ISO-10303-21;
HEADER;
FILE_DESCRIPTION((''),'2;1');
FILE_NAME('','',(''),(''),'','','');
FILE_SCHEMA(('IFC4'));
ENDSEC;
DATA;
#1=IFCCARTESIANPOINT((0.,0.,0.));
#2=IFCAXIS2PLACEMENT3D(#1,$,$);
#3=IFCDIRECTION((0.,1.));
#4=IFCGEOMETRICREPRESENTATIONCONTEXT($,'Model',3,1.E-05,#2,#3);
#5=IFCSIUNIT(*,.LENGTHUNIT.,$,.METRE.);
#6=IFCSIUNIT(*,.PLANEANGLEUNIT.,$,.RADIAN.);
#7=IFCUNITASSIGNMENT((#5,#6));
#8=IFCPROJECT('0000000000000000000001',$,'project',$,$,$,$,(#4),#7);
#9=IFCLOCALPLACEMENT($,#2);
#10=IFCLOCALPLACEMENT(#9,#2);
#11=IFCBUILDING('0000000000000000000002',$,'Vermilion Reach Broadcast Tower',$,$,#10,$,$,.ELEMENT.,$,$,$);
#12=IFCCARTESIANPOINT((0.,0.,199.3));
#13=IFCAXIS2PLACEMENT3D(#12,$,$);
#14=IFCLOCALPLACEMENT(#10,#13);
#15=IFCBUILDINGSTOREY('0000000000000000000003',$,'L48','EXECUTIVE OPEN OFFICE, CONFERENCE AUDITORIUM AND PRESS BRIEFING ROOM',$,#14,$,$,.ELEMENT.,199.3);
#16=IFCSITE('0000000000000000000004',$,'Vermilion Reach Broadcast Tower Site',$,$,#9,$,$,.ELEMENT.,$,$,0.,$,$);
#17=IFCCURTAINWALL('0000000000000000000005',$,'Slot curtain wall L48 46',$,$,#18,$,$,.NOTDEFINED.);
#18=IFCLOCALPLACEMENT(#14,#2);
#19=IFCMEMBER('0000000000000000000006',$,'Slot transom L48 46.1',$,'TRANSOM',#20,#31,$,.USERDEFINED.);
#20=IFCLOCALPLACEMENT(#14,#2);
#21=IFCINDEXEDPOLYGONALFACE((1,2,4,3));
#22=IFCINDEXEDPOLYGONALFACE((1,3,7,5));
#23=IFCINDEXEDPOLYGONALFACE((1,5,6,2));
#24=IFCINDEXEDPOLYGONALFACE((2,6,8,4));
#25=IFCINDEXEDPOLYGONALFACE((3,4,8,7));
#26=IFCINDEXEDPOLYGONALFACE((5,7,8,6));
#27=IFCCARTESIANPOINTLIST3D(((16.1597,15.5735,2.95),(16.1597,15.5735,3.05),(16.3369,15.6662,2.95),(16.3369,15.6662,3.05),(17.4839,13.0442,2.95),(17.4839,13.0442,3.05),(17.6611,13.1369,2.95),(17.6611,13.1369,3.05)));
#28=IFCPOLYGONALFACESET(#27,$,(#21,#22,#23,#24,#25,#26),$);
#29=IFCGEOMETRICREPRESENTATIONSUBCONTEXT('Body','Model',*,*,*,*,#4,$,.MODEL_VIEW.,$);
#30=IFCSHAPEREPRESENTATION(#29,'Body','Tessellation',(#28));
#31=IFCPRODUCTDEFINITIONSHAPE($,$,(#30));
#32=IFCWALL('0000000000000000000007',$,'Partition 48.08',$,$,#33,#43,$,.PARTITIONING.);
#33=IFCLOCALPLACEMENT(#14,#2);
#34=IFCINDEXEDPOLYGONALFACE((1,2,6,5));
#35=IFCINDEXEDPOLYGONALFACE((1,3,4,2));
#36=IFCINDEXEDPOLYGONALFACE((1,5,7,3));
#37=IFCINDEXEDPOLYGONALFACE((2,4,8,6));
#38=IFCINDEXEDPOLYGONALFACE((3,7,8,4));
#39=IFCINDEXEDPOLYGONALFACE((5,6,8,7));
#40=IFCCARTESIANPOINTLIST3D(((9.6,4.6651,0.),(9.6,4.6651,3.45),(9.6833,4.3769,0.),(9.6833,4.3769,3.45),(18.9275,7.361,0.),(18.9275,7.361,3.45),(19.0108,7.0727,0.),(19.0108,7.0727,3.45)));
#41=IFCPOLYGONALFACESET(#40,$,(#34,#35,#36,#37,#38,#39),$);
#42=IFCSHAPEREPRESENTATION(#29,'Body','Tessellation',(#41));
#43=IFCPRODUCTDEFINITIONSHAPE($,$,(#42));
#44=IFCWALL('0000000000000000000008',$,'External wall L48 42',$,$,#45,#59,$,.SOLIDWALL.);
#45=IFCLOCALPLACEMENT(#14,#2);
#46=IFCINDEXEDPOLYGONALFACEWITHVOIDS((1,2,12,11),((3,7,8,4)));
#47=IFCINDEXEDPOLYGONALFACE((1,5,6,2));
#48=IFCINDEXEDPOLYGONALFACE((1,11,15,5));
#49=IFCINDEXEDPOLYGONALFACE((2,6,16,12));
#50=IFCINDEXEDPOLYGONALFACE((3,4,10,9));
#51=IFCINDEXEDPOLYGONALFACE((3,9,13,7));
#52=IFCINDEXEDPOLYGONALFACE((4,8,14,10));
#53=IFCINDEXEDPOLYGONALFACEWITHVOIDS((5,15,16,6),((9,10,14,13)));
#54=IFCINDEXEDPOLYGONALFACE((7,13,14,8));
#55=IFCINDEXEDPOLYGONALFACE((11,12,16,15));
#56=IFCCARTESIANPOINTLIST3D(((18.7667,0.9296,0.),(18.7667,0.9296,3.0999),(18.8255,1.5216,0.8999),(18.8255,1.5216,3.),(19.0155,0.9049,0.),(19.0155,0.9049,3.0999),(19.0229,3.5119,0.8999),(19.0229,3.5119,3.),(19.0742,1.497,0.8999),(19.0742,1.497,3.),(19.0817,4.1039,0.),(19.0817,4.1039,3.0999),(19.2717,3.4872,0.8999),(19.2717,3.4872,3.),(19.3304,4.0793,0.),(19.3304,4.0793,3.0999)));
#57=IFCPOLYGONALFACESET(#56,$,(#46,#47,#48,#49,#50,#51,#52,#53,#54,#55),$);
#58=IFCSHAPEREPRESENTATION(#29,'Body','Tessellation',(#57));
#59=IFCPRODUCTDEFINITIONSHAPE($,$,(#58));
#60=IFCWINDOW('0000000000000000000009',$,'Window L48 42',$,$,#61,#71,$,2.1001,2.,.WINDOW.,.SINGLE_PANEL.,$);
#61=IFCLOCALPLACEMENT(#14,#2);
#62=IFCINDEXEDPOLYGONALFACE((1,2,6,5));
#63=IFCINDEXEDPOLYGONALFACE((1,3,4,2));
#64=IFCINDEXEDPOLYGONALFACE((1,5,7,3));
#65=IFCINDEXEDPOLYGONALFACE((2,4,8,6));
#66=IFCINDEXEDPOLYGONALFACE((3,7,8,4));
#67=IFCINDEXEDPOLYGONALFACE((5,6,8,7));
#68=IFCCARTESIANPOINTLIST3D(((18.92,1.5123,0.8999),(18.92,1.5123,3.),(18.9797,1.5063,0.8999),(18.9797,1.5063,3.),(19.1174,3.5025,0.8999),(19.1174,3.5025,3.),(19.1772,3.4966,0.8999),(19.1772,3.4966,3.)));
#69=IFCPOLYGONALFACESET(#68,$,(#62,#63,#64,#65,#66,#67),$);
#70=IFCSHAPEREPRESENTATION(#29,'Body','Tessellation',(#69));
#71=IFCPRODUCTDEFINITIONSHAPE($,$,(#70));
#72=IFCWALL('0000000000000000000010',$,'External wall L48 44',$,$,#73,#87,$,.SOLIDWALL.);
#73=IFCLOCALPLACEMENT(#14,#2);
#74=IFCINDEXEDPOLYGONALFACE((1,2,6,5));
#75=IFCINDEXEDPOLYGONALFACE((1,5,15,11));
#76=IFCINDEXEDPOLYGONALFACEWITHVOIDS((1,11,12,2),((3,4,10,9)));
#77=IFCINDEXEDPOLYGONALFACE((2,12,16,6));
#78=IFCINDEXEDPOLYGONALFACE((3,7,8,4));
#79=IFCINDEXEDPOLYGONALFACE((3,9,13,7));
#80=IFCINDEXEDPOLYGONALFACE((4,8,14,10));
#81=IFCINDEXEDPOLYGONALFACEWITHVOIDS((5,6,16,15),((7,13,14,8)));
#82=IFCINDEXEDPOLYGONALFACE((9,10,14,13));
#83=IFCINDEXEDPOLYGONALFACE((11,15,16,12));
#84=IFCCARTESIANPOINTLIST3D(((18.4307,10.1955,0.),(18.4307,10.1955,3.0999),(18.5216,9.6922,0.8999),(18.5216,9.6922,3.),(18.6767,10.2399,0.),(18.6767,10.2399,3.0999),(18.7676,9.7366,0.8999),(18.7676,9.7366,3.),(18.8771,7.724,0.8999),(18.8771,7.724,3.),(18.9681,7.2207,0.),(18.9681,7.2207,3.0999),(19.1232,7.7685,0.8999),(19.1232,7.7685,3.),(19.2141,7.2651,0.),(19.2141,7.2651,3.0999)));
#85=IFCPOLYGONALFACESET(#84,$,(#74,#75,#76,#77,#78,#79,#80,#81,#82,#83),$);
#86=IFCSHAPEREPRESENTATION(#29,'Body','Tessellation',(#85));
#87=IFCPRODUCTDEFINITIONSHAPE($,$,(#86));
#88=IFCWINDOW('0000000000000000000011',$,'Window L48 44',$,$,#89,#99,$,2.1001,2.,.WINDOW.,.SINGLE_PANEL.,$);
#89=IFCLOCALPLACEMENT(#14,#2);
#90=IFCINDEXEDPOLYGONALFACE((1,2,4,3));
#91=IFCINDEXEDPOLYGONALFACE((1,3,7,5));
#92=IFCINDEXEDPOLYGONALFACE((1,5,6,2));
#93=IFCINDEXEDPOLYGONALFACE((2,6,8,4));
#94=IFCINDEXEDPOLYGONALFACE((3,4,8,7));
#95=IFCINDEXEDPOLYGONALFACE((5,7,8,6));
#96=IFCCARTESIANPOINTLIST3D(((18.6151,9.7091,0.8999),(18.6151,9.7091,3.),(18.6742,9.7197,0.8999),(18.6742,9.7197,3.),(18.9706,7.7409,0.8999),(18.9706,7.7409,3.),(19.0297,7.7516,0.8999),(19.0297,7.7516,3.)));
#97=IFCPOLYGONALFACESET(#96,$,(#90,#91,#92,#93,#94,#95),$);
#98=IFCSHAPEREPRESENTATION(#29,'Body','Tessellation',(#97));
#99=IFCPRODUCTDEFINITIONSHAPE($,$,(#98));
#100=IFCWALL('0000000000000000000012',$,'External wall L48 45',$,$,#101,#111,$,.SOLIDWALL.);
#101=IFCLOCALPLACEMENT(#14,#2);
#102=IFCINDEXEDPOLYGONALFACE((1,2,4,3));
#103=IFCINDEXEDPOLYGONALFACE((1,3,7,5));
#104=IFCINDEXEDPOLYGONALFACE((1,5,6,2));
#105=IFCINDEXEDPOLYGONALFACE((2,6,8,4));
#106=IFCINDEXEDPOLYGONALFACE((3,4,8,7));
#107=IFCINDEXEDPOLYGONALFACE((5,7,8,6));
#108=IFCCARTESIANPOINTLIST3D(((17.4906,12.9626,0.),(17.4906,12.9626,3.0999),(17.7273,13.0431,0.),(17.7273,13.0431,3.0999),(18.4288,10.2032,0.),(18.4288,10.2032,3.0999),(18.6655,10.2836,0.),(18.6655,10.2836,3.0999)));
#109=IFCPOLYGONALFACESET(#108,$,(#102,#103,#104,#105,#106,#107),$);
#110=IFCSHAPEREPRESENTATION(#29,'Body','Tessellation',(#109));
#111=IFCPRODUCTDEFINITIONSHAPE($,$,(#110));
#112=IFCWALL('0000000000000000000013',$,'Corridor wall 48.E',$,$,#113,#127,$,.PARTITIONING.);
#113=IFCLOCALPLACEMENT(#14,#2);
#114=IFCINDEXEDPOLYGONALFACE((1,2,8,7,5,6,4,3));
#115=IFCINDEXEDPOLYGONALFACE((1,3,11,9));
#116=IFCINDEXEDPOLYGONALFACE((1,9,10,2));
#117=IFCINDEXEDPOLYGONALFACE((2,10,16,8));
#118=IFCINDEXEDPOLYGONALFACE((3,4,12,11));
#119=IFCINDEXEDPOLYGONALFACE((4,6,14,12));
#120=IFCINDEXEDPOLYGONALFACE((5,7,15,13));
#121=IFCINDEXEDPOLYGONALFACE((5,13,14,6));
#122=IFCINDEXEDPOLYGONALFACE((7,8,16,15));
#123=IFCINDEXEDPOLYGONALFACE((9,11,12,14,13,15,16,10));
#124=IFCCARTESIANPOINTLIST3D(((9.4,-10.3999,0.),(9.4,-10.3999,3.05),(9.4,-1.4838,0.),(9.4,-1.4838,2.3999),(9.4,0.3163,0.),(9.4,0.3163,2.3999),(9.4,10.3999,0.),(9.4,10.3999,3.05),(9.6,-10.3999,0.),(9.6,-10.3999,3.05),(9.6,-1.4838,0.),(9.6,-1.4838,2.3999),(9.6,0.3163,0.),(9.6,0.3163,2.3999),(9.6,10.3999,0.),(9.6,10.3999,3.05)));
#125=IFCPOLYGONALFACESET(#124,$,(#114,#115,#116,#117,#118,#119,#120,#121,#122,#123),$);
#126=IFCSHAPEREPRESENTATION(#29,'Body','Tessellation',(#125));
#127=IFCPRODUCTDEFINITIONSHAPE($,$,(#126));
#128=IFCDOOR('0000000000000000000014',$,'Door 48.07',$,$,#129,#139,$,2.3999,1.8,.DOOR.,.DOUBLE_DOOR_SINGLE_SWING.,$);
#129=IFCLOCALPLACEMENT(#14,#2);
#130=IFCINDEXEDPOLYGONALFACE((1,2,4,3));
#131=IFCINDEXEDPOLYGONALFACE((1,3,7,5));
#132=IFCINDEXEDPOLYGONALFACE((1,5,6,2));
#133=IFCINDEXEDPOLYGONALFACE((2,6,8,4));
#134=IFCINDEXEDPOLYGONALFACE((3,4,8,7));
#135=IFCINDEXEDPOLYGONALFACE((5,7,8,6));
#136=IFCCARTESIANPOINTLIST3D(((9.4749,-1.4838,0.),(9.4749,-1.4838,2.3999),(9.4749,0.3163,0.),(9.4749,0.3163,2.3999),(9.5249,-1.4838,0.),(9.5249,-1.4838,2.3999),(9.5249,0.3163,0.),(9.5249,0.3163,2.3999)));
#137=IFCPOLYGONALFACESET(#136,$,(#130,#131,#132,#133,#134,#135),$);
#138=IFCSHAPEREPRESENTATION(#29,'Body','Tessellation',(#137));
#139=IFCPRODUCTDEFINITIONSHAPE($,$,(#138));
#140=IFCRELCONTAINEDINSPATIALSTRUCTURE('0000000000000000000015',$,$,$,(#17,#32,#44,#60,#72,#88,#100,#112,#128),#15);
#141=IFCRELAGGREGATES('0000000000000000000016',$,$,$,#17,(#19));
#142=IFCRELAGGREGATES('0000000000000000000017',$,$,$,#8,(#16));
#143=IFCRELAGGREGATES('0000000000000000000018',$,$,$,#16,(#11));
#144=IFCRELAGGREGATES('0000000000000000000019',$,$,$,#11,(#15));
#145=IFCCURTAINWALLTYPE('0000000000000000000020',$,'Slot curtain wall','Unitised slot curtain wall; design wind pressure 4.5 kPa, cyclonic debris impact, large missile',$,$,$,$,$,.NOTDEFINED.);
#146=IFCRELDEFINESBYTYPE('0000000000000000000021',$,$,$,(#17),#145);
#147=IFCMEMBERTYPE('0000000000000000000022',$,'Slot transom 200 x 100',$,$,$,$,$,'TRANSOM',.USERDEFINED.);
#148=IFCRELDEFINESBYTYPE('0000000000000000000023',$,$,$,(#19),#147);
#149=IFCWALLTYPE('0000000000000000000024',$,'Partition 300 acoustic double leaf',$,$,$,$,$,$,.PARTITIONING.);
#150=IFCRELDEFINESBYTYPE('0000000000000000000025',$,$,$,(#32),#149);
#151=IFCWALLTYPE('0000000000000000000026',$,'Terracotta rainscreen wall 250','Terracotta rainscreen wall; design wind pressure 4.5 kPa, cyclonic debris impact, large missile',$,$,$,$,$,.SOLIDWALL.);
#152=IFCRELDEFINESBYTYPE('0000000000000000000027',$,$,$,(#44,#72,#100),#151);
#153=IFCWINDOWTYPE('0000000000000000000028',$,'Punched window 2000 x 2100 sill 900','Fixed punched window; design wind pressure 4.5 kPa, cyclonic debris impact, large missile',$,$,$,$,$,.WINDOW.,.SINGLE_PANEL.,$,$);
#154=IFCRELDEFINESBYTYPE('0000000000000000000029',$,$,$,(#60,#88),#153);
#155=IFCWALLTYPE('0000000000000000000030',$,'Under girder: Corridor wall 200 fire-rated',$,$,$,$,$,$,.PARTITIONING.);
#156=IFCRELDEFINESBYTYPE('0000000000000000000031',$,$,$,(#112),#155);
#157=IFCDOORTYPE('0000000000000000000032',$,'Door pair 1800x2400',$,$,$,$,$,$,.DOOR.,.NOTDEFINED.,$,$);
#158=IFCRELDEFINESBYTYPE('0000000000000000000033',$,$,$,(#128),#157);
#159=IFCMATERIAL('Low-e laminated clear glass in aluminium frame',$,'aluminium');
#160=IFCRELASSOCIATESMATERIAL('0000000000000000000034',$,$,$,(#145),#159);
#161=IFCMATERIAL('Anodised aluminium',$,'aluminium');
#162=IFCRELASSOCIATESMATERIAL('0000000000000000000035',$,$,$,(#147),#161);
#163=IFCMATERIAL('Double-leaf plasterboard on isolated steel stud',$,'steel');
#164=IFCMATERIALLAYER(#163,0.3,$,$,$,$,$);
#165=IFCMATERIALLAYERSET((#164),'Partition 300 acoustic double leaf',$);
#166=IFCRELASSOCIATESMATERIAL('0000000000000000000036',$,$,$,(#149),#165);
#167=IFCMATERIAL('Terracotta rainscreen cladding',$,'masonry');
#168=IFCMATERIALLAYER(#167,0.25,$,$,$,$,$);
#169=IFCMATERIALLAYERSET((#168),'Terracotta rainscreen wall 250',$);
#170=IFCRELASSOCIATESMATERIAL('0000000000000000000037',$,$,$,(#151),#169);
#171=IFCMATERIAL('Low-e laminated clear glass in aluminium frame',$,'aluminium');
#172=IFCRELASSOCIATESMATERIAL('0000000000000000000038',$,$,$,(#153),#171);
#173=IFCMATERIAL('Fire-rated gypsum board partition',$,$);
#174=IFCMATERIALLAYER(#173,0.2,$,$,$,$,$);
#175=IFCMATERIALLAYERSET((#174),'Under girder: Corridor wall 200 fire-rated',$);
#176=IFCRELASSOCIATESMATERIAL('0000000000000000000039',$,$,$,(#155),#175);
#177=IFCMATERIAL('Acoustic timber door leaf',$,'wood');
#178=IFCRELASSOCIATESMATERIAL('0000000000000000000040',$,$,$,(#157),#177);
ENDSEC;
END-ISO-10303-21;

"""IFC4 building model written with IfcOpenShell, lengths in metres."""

from ifc_helpers import new_model, si_unit, direction, frame, frame_2d, origin, origin_2d, place, context, subcontext, project, spatial, rectangle, extrude, material, layer, layer_set, material_profile, profile_set, type_object, element, fill, aggregate, save


model = new_model("IFC4")

# Units and contexts
model_context = context("Model", 3, precision=1e-05, world=origin(), true_north=direction((0.0, 1.0)))
body_context = subcontext(model_context, "Body", "Model", "MODEL_VIEW")
ifc_project = project(units=[si_unit("LENGTHUNIT", "METRE"), si_unit("PLANEANGLEUNIT", "RADIAN")], contexts=[model_context])

# Site, building, storey
site_placement = place(None, origin())
site = spatial("IfcSite", under=ifc_project, at=site_placement, Name="Vermilion Reach Broadcast Tower Site", CompositionType="ELEMENT", RefElevation=0.0)
building_placement = place(site_placement, origin())
building = spatial("IfcBuilding", under=site, at=building_placement, Name="Vermilion Reach Broadcast Tower", CompositionType="ELEMENT")
storey_placement = place(building_placement, frame((0.0, 0.0, 199.3)))
storey = spatial("IfcBuildingStorey", under=building, at=storey_placement, Name="L48", Description="EXECUTIVE OPEN OFFICE, CONFERENCE AUDITORIUM AND PRESS BRIEFING ROOM", CompositionType="ELEMENT", Elevation=199.3)

# Curtain wall, member
ifc_material_1 = material(Name="Low-e laminated clear glass in aluminium frame", Category="aluminium")
curtain_wall_type = type_object("IfcCurtainWallType", Name="Slot curtain wall", Description="Unitised slot curtain wall; design wind pressure 4.5 kPa, cyclonic debris impact, large missile", PredefinedType="NOTDEFINED", material=ifc_material_1)
curtain_wall_placement = place(storey_placement, origin())
curtain_wall = element("IfcCurtainWall", 1, at=curtain_wall_placement, inside=storey, type_object=curtain_wall_type, Name="Slot curtain wall L48 46", PredefinedType="NOTDEFINED")
ifc_material_2 = material(Name="Anodised aluminium", Category="aluminium")
ifc_material_profile_1 = material_profile(ifc_material_2, rectangle(XDim=0.2, YDim=0.1001, at=origin_2d()), Name="Slot transom 200 x 100")
ifc_profile_set_1 = profile_set([ifc_material_profile_1], Name="Anodised aluminium")
member_type_1 = type_object("IfcMemberType", Name="Slot transom 200 x 100", ElementType="TRANSOM", PredefinedType="USERDEFINED", material=ifc_profile_set_1)
member_1_placement = place(storey_placement, frame((17.5725, 13.0906, 3.0), z_axis=(-0.463828, 0.885925, 0.0), x_axis=(-0.885925, -0.463828, 0.0)))
member_1 = element("IfcMember", 2, at=member_1_placement, type_object=member_type_1, Name="Slot transom L48 46.1", ObjectType="TRANSOM", PredefinedType="USERDEFINED", context=body_context, shape_type="SweptSolid", body=[
    extrude(rectangle(XDim=0.2, YDim=0.1001, at=origin_2d()), origin(), (0.0, 0.0, 1.0), 2.855),
])
aggregate(curtain_wall, [member_1])

# Wall
ifc_material_3 = material(Name="Double-leaf plasterboard on isolated steel stud", Category="steel")
ifc_layer_1 = layer(ifc_material_3, 0.3)
ifc_layer_set_1 = layer_set([ifc_layer_1], Name="Partition 300 acoustic double leaf")
wall_type_1 = type_object("IfcWallType", Name="Partition 300 acoustic double leaf", PredefinedType="PARTITIONING", material=ifc_layer_set_1)
wall_1_placement = place(storey_placement, frame((18.969, 7.2168, 0.0), z_axis=(0.0, 0.0, 1.0), x_axis=(-0.960681, -0.277656, 0.0)))
element("IfcWall", 3, at=wall_1_placement, inside=storey, type_object=wall_type_1, Name="Partition 48.08", PredefinedType="PARTITIONING", context=body_context, shape_type="SweptSolid", body=[
    extrude(rectangle(XDim=9.7092, YDim=0.3, at=frame_2d((4.8545, 0.0))), origin(), (0.0, 0.0, 1.0), 3.45),
])

# Wall, opening, window
ifc_material_4 = material(Name="Terracotta rainscreen cladding", Category="masonry")
ifc_layer_2 = layer(ifc_material_4, 0.25)
ifc_layer_set_2 = layer_set([ifc_layer_2], Name="Terracotta rainscreen wall 250")
wall_type_2 = type_object("IfcWallType", Name="Terracotta rainscreen wall 250", Description="Terracotta rainscreen wall; design wind pressure 4.5 kPa, cyclonic debris impact, large missile", PredefinedType="SOLIDWALL", material=ifc_layer_set_2)
wall_2_placement = place(storey_placement, frame((18.8911, 0.9172, 0.0), z_axis=(0.0, 0.0, 1.0), x_axis=(0.098731, 0.995114, 0.0)))
wall_2 = element("IfcWall", 4, at=wall_2_placement, inside=storey, type_object=wall_type_2, Name="External wall L48 42", PredefinedType="SOLIDWALL", context=body_context, shape_type="SweptSolid", body=[
    extrude(rectangle(XDim=3.1899, YDim=0.25, at=frame_2d((1.595, 0.0))), origin(), (0.0, 0.0, 1.0), 3.0999),
])
opening_1_placement = place(wall_2_placement, frame((0.595, 0.0, 0.8999)))
opening_1 = element("IfcOpeningElement", 5, at=opening_1_placement, cuts=wall_2, PredefinedType="OPENING", context=body_context, shape_type="SweptSolid", body=[
    extrude(rectangle(XDim=2.0, YDim=2.1001, at=frame_2d((1.0, 1.05))), frame((0.0, 0.135, 0.0), z_axis=(0.0, -1.0, 0.0), x_axis=(1.0, 0.0, 0.0)), (0.0, 0.0, 1.0), 0.27),
])
ifc_material_5 = material(Name="Low-e laminated clear glass in aluminium frame", Category="aluminium")
window_type = type_object("IfcWindowType", Name="Punched window 2000 x 2100 sill 900", Description="Fixed punched window; design wind pressure 4.5 kPa, cyclonic debris impact, large missile", PartitioningType="SINGLE_PANEL", PredefinedType="WINDOW", material=ifc_material_5)
window_1_placement = place(opening_1_placement, origin())
window_1 = element("IfcWindow", 6, at=window_1_placement, inside=storey, type_object=window_type, Name="Window L48 42", OverallHeight=2.1001, OverallWidth=2.0, PartitioningType="SINGLE_PANEL", PredefinedType="WINDOW", context=body_context, shape_type="SweptSolid", body=[
    extrude(rectangle(XDim=2.0, YDim=2.1001, at=frame_2d((1.0, 1.05))), frame((0.0, 0.03, 0.0), z_axis=(0.0, -1.0, 0.0), x_axis=(1.0, 0.0, 0.0)), (0.0, 0.0, 1.0), 0.0601),
])
fill(opening_1, window_1)

# Wall, opening, window
wall_3_placement = place(storey_placement, frame((19.0911, 7.2429, 0.0), z_axis=(0.0, 0.0, 1.0), x_axis=(-0.177755, 0.984075, 0.0)))
wall_3 = element("IfcWall", 7, at=wall_3_placement, inside=storey, type_object=wall_type_2, Name="External wall L48 44", PredefinedType="SOLIDWALL", context=body_context, shape_type="SweptSolid", body=[
    extrude(rectangle(XDim=3.0229, YDim=0.25, at=frame_2d((1.5115, 0.0))), origin(), (0.0, 0.0, 1.0), 3.0999),
])
opening_2_placement = place(wall_3_placement, frame((0.5115, 0.0, 0.8999)))
opening_2 = element("IfcOpeningElement", 8, at=opening_2_placement, cuts=wall_3, PredefinedType="OPENING", context=body_context, shape_type="SweptSolid", body=[
    extrude(rectangle(XDim=2.0, YDim=2.1001, at=frame_2d((1.0, 1.05))), frame((0.0, 0.135, 0.0), z_axis=(0.0, -1.0, 0.0), x_axis=(1.0, 0.0, 0.0)), (0.0, 0.0, 1.0), 0.27),
])
window_2_placement = place(opening_2_placement, origin())
window_2 = element("IfcWindow", 9, at=window_2_placement, inside=storey, type_object=window_type, Name="Window L48 44", OverallHeight=2.1001, OverallWidth=2.0, PartitioningType="SINGLE_PANEL", PredefinedType="WINDOW", context=body_context, shape_type="SweptSolid", body=[
    extrude(rectangle(XDim=2.0, YDim=2.1001, at=frame_2d((1.0, 1.05))), frame((0.0, 0.03, 0.0), z_axis=(0.0, -1.0, 0.0), x_axis=(1.0, 0.0, 0.0)), (0.0, 0.0, 1.0), 0.0601),
])
fill(opening_2, window_2)

# Wall
wall_4_placement = place(storey_placement, frame((18.5471, 10.2434, 0.0), z_axis=(0.0, 0.0, 1.0), x_axis=(-0.321901, 0.946773, 0.0)))
element("IfcWall", 10, at=wall_4_placement, inside=storey, type_object=wall_type_2, Name="External wall L48 45", PredefinedType="SOLIDWALL", context=body_context, shape_type="SweptSolid", body=[
    extrude(rectangle(XDim=2.9146, YDim=0.25, at=frame_2d((1.4573, 0.0))), origin(), (0.0, 0.0, 1.0), 3.0999),
])

# Wall, opening, door
ifc_material_6 = material(Name="Fire-rated gypsum board partition")
ifc_layer_3 = layer(ifc_material_6, 0.2)
ifc_layer_set_3 = layer_set([ifc_layer_3], Name="Under girder: Corridor wall 200 fire-rated")
wall_type_3 = type_object("IfcWallType", Name="Under girder: Corridor wall 200 fire-rated", PredefinedType="PARTITIONING", material=ifc_layer_set_3)
wall_5_placement = place(storey_placement, frame((9.5, 10.3999, 0.0), z_axis=(0.0, 0.0, 1.0), x_axis=(0.0, -1.0, 0.0)))
wall_5 = element("IfcWall", 11, at=wall_5_placement, inside=storey, type_object=wall_type_3, Name="Corridor wall 48.E", PredefinedType="PARTITIONING", context=body_context, shape_type="SweptSolid", body=[
    extrude(rectangle(XDim=20.7998, YDim=0.2, at=frame_2d((10.3999, 0.0))), origin(), (0.0, 0.0, 1.0), 3.05),
])
opening_3_placement = place(wall_5_placement, frame((10.0837, 0.0, 0.0)))
opening_3 = element("IfcOpeningElement", 12, at=opening_3_placement, cuts=wall_5, PredefinedType="OPENING", context=body_context, shape_type="SweptSolid", body=[
    extrude(rectangle(XDim=1.8, YDim=2.3999, at=frame_2d((0.8999, 1.2))), frame((0.0, 0.1099, 0.0), z_axis=(0.0, -1.0, 0.0), x_axis=(1.0, 0.0, 0.0)), (0.0, 0.0, 1.0), 0.22),
])
ifc_material_7 = material(Name="Acoustic timber door leaf", Category="wood")
door_type_1 = type_object("IfcDoorType", Name="Door pair 1800x2400", OperationType="NOTDEFINED", PredefinedType="DOOR", material=ifc_material_7)
door_1_placement = place(opening_3_placement, origin())
door_1 = element("IfcDoor", 13, at=door_1_placement, inside=storey, type_object=door_type_1, Name="Door 48.07", OperationType="DOUBLE_DOOR_SINGLE_SWING", OverallHeight=2.3999, OverallWidth=1.8, PredefinedType="DOOR", context=body_context, shape_type="SweptSolid", body=[
    extrude(rectangle(XDim=1.8, YDim=2.3999, at=frame_2d((0.8999, 1.2))), frame((0.0, 0.0249, 0.0), z_axis=(0.0, -1.0, 0.0), x_axis=(1.0, 0.0, 0.0)), (0.0, 0.0, 1.0), 0.05),
])
fill(opening_3, door_1)

save(model, "model.ifc")
